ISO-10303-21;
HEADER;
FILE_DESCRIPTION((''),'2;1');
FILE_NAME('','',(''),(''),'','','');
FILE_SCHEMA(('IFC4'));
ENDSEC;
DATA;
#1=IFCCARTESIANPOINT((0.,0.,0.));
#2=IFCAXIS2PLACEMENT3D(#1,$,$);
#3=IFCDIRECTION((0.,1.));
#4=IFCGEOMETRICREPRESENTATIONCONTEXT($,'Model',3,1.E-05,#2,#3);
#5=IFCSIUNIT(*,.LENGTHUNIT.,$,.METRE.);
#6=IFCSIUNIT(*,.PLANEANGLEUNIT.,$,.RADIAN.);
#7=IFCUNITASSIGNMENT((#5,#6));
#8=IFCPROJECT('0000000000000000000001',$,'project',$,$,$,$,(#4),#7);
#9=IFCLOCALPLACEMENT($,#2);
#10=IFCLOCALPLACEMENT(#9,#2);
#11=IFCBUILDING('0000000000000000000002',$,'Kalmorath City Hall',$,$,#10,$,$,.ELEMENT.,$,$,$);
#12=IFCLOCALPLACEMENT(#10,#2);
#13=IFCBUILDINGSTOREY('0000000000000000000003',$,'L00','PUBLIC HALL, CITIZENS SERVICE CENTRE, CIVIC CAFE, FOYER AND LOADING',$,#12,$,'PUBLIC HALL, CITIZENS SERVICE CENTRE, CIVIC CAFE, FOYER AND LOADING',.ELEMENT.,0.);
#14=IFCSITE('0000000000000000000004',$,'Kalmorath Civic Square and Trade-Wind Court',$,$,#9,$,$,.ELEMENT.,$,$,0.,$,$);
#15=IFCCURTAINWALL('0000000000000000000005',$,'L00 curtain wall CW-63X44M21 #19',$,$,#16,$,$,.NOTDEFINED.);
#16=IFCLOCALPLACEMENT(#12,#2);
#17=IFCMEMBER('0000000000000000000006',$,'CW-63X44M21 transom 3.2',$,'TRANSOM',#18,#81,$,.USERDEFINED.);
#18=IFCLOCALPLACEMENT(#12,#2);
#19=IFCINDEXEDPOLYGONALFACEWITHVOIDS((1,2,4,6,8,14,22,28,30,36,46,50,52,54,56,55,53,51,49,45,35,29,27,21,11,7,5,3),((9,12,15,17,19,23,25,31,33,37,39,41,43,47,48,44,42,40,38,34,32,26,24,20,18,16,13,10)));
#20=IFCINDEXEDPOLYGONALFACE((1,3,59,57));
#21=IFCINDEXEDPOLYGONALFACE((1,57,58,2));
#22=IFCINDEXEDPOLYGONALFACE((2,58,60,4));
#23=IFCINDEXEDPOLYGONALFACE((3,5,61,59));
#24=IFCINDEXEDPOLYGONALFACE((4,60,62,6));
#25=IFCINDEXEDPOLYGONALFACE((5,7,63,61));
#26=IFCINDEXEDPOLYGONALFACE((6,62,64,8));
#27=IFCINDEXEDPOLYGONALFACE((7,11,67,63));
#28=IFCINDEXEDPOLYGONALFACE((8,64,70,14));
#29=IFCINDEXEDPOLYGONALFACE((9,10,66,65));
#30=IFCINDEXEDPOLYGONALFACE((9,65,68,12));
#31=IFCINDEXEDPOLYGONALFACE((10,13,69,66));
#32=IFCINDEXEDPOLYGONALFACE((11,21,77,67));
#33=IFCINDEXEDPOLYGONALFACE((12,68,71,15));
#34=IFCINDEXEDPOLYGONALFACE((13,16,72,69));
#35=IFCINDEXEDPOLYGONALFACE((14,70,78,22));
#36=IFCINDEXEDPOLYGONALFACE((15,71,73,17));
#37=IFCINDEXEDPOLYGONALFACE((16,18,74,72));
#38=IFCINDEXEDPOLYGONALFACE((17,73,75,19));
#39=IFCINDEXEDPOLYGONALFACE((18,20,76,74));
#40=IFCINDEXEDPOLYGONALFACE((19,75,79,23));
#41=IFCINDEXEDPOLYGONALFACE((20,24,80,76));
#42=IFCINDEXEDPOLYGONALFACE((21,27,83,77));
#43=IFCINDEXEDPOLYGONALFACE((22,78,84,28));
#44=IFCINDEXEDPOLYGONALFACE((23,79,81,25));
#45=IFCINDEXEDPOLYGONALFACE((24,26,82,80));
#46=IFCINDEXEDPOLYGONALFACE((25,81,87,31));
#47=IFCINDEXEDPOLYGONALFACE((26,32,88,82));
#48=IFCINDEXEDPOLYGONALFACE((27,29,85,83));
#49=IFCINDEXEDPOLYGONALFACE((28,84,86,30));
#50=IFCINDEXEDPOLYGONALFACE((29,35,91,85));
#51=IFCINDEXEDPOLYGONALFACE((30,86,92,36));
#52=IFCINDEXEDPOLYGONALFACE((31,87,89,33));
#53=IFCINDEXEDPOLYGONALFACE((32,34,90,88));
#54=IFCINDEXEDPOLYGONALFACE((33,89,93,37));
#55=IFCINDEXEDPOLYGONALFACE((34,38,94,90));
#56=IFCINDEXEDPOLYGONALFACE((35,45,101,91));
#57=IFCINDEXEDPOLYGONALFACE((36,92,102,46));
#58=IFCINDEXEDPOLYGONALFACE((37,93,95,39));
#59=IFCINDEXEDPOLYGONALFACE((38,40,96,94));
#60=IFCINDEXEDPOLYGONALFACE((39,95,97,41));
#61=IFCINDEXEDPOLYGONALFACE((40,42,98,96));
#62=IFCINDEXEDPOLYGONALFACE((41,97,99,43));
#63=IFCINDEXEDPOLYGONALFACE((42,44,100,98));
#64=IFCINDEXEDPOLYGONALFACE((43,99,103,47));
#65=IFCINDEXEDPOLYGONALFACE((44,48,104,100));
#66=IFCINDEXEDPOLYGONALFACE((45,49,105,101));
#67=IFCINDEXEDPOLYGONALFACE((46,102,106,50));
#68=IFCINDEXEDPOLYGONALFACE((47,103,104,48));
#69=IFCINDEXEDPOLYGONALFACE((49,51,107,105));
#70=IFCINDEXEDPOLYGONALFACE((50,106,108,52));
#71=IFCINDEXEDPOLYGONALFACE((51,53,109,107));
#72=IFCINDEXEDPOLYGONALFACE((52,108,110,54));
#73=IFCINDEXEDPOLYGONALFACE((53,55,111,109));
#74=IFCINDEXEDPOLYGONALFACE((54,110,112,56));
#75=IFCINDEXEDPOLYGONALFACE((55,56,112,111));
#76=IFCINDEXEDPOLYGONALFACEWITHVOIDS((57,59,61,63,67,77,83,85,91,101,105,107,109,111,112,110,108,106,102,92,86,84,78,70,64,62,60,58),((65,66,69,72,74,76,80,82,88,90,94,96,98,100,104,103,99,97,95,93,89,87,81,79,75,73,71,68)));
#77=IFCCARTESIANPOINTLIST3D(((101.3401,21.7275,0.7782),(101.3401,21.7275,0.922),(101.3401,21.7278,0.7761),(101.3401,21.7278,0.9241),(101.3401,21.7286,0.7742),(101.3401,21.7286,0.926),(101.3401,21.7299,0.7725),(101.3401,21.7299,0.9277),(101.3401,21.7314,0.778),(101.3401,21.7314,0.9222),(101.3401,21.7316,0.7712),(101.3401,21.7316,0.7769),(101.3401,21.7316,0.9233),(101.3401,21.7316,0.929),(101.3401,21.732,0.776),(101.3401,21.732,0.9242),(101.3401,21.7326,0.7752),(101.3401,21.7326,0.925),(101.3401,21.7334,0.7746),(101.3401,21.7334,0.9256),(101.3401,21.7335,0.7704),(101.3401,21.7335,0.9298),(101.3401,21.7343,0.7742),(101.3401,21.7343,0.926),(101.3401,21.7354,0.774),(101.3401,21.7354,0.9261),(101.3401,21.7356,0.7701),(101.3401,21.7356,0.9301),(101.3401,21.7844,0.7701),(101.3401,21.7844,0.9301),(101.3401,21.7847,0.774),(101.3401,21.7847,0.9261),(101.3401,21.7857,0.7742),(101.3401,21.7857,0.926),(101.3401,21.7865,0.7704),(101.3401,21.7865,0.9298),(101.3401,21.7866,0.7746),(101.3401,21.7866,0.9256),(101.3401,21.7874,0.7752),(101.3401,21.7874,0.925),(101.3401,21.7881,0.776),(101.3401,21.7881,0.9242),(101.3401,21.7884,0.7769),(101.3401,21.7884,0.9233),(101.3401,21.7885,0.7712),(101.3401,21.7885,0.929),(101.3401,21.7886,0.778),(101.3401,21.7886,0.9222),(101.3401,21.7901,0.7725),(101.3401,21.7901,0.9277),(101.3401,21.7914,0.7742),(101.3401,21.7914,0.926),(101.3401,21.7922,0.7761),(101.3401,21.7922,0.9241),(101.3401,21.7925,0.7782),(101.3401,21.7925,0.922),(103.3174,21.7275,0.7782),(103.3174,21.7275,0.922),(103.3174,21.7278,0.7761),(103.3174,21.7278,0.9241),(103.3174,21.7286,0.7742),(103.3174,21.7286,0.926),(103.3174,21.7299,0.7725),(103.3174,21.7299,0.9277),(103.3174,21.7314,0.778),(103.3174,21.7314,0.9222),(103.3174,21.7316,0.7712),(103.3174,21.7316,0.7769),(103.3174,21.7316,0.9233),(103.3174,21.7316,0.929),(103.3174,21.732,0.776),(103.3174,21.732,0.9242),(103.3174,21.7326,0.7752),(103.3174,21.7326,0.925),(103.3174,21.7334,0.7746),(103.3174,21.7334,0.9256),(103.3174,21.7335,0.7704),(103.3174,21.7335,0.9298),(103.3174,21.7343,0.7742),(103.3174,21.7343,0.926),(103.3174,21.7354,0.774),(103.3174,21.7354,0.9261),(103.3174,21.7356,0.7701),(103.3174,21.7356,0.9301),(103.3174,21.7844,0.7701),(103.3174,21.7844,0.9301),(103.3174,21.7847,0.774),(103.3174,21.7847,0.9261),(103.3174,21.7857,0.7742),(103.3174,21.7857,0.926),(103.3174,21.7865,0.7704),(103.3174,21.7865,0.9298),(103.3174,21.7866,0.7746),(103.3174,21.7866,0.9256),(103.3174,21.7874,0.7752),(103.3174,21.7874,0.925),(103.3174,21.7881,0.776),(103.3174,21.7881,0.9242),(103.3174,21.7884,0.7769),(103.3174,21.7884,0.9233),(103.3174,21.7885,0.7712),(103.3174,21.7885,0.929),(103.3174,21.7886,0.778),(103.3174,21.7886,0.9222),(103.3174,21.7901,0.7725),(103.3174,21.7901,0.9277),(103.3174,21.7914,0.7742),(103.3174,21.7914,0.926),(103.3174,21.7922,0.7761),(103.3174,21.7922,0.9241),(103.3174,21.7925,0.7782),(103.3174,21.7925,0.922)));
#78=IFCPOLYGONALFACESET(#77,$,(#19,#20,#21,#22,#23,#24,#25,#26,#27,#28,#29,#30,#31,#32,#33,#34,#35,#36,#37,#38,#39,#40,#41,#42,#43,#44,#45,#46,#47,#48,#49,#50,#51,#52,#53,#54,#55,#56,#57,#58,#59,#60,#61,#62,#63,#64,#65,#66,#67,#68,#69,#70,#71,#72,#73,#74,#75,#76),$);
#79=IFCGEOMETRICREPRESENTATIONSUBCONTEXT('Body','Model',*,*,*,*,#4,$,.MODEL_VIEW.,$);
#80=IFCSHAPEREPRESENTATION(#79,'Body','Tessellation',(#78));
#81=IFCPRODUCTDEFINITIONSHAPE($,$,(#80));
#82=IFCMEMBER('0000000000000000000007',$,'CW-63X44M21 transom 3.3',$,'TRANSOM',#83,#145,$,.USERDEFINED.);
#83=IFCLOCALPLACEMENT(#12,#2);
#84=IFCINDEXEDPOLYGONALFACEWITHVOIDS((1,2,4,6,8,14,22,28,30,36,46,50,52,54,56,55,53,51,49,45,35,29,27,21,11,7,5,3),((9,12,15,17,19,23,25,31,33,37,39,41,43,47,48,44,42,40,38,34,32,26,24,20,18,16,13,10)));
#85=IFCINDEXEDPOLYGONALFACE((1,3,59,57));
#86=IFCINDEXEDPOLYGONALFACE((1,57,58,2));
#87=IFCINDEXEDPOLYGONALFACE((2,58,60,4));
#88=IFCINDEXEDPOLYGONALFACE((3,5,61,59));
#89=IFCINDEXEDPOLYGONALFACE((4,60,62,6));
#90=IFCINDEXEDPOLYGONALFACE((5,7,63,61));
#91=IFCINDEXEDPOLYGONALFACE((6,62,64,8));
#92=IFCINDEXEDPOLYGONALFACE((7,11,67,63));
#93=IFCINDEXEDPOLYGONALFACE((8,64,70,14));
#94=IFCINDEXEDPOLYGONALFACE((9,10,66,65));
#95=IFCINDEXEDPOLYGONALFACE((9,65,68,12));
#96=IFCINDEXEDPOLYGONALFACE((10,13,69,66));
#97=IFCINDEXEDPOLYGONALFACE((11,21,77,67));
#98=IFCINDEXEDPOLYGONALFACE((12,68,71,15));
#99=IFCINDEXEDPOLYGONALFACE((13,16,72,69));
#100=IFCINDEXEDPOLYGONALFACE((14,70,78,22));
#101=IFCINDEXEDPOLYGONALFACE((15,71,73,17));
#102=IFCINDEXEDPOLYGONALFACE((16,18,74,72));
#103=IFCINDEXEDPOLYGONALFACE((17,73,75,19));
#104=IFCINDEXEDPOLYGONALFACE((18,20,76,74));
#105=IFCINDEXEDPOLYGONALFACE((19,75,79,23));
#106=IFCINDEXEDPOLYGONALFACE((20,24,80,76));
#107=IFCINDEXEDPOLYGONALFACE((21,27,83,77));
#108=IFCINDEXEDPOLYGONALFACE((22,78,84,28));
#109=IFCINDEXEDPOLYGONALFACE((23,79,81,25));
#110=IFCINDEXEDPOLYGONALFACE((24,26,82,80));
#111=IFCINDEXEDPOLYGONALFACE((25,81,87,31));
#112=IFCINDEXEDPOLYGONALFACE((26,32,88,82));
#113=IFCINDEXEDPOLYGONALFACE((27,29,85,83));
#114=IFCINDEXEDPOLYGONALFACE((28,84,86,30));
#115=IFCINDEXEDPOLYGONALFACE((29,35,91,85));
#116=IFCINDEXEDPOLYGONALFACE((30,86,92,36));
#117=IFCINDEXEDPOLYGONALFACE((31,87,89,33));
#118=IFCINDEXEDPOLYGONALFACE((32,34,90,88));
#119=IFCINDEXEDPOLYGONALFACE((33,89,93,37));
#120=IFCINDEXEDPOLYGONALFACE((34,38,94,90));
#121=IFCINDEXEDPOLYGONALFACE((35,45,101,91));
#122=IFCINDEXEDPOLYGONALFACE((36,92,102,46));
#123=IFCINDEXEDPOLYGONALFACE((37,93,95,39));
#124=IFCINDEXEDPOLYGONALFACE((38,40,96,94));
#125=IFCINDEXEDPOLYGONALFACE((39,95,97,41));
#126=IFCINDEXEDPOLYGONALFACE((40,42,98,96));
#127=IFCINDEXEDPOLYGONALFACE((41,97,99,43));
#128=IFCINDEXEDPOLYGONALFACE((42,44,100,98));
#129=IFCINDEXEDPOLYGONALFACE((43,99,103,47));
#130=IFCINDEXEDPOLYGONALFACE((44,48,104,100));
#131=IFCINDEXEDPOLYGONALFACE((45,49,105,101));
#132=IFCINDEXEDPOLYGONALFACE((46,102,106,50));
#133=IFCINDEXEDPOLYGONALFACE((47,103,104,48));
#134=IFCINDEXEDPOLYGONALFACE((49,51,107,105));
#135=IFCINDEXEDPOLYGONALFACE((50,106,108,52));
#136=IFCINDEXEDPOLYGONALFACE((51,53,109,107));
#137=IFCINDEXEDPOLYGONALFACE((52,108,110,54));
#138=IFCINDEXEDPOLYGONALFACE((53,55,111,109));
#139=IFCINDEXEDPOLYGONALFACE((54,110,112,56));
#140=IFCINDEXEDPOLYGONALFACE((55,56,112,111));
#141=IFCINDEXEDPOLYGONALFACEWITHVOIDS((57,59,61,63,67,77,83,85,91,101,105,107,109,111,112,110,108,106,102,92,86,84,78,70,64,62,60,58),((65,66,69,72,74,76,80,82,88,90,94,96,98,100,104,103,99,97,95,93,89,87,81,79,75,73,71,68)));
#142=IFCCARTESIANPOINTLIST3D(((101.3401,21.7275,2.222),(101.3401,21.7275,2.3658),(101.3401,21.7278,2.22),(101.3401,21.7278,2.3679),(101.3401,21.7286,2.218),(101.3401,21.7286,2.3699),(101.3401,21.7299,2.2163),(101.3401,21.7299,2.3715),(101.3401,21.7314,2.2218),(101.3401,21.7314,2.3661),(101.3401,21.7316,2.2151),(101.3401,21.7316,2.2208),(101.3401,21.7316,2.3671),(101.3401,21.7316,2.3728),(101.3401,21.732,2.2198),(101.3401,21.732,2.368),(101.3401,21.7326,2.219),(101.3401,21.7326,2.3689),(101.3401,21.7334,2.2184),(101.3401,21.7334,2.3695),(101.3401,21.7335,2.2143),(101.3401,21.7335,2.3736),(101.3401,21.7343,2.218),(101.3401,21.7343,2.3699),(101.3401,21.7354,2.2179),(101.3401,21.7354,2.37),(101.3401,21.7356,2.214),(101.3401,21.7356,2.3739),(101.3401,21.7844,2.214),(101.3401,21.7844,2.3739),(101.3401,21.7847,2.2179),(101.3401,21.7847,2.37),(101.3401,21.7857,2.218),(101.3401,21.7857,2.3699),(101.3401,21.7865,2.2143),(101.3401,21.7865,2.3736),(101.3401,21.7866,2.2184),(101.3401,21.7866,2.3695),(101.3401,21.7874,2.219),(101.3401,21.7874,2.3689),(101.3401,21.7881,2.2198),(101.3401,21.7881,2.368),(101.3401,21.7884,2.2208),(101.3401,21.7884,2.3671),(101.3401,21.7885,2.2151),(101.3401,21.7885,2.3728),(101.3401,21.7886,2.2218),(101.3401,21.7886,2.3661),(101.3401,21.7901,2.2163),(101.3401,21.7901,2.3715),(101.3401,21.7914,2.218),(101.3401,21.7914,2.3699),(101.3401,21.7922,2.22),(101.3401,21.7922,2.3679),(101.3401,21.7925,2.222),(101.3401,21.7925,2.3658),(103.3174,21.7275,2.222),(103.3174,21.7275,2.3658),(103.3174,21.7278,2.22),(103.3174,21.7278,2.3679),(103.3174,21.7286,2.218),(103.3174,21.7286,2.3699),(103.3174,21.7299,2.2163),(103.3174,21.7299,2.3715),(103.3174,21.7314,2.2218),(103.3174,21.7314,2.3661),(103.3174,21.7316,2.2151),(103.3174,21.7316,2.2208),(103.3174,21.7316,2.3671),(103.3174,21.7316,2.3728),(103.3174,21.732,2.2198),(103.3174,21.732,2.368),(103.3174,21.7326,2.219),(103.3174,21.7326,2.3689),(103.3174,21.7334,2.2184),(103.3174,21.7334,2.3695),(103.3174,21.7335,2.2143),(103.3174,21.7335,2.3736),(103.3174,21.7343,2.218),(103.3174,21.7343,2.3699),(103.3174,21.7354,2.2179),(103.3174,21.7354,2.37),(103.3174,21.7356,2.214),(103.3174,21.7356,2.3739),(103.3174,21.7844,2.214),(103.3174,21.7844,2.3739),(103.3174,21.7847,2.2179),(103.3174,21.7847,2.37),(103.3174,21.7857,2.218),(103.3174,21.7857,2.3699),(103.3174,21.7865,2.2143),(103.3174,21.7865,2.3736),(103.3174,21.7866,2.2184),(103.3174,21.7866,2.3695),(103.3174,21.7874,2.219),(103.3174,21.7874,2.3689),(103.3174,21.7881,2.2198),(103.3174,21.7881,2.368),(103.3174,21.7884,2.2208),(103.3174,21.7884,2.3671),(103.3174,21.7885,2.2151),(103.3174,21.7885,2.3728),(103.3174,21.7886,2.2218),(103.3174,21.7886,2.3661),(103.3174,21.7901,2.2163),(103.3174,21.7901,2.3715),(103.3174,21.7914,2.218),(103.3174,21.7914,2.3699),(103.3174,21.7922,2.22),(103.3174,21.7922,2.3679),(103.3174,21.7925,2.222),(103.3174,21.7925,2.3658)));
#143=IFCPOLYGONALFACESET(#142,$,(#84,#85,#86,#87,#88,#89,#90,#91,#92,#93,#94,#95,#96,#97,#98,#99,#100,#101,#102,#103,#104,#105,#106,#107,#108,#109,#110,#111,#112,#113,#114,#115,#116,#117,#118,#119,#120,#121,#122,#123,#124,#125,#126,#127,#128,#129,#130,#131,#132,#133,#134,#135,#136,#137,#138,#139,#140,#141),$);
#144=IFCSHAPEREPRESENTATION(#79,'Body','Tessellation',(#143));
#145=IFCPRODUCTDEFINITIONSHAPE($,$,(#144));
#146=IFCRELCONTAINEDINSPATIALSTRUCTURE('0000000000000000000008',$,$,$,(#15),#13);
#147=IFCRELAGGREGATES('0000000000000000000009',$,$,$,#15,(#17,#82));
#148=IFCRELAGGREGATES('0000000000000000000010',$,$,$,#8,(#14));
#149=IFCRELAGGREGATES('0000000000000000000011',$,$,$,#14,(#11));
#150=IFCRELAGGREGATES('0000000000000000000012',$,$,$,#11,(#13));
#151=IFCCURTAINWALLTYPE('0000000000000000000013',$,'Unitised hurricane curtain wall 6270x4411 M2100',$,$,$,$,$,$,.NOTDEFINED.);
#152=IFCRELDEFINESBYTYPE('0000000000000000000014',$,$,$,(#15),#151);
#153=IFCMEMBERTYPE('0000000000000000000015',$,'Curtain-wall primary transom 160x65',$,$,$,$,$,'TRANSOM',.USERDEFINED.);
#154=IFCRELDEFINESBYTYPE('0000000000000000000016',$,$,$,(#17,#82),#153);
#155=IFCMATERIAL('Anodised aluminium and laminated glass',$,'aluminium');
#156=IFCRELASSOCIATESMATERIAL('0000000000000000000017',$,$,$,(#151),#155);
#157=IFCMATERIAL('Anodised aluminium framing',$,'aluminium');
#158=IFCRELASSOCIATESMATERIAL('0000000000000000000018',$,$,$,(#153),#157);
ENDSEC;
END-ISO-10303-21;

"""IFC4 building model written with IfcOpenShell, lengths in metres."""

from ifc_helpers import new_model, si_unit, direction, frame, origin, origin_2d, place, context, subcontext, project, spatial, hollow_rectangle, extrude, material, material_profile, profile_set, type_object, element, aggregate, save


model = new_model("IFC4")

# Units and contexts
model_context = context("Model", 3, precision=1e-05, world=origin(), true_north=direction((0.0, 1.0)))
body_context = subcontext(model_context, "Body", "Model", "MODEL_VIEW")
ifc_project = project(units=[si_unit("LENGTHUNIT", "METRE"), si_unit("PLANEANGLEUNIT", "RADIAN")], contexts=[model_context])

# Site, building, storey
site_placement = place(None, origin())
site = spatial("IfcSite", under=ifc_project, at=site_placement, Name="Kalmorath Civic Square and Trade-Wind Court", CompositionType="ELEMENT", RefElevation=0.0)
building_placement = place(site_placement, origin())
building = spatial("IfcBuilding", under=site, at=building_placement, Name="Kalmorath City Hall", CompositionType="ELEMENT")
storey_placement = place(building_placement, origin())
storey = spatial("IfcBuildingStorey", under=building, at=storey_placement, Name="L00", Description="PUBLIC HALL, CITIZENS SERVICE CENTRE, CIVIC CAFE, FOYER AND LOADING", LongName="PUBLIC HALL, CITIZENS SERVICE CENTRE, CIVIC CAFE, FOYER AND LOADING", CompositionType="ELEMENT", Elevation=0.0)

# Curtain wall
ifc_material_1 = material(Name="Anodised aluminium and laminated glass", Category="aluminium")
curtain_wall_type_1 = type_object("IfcCurtainWallType", Name="Unitised hurricane curtain wall 6270x4411 M2100", PredefinedType="NOTDEFINED", material=ifc_material_1)
curtain_wall_1_placement = place(storey_placement, origin())
curtain_wall_1 = element("IfcCurtainWall", 1, at=curtain_wall_1_placement, inside=storey, type_object=curtain_wall_type_1, Name="L00 curtain wall CW-63X44M21 #19", PredefinedType="NOTDEFINED")

# Members
ifc_material_2 = material(Name="Anodised aluminium framing", Category="aluminium")
ifc_material_profile_1 = material_profile(ifc_material_2, hollow_rectangle(XDim=0.0649, YDim=0.1599, WallThickness=0.0039, InnerFilletRadius=0.0039, OuterFilletRadius=0.0081, at=origin_2d()), Name="ALU-TRN-160X65X4")
ifc_profile_set_1 = profile_set([ifc_material_profile_1], Name="Anodised aluminium framing")
member_type_1 = type_object("IfcMemberType", Name="Curtain-wall primary transom 160x65", ElementType="TRANSOM", PredefinedType="USERDEFINED", material=ifc_profile_set_1)
member_1_placement = place(storey_placement, frame((103.3174, 21.76, 0.8501), z_axis=(-1.0, 0.0, 0.0), x_axis=(0.0, -1.0, 0.0)))
member_1 = element("IfcMember", 2, at=member_1_placement, type_object=member_type_1, Name="CW-63X44M21 transom 3.2", ObjectType="TRANSOM", PredefinedType="USERDEFINED", context=body_context, shape_type="SweptSolid", body=[
    extrude(hollow_rectangle(XDim=0.0649, YDim=0.1599, WallThickness=0.0039, InnerFilletRadius=0.0039, OuterFilletRadius=0.0081, at=origin_2d()), origin(), (0.0, 0.0, 1.0), 1.9773),
])
member_2_placement = place(storey_placement, frame((103.3174, 21.76, 2.2939), z_axis=(-1.0, 0.0, 0.0), x_axis=(0.0, -1.0, 0.0)))
member_2 = element("IfcMember", 3, at=member_2_placement, type_object=member_type_1, Name="CW-63X44M21 transom 3.3", ObjectType="TRANSOM", PredefinedType="USERDEFINED", context=body_context, shape_type="SweptSolid", body=[
    extrude(hollow_rectangle(XDim=0.0649, YDim=0.1599, WallThickness=0.0039, InnerFilletRadius=0.0039, OuterFilletRadius=0.0081, at=origin_2d()), origin(), (0.0, 0.0, 1.0), 1.9773),
])

aggregate(curtain_wall_1, [member_1, member_2])

save(model, "model.ifc")
